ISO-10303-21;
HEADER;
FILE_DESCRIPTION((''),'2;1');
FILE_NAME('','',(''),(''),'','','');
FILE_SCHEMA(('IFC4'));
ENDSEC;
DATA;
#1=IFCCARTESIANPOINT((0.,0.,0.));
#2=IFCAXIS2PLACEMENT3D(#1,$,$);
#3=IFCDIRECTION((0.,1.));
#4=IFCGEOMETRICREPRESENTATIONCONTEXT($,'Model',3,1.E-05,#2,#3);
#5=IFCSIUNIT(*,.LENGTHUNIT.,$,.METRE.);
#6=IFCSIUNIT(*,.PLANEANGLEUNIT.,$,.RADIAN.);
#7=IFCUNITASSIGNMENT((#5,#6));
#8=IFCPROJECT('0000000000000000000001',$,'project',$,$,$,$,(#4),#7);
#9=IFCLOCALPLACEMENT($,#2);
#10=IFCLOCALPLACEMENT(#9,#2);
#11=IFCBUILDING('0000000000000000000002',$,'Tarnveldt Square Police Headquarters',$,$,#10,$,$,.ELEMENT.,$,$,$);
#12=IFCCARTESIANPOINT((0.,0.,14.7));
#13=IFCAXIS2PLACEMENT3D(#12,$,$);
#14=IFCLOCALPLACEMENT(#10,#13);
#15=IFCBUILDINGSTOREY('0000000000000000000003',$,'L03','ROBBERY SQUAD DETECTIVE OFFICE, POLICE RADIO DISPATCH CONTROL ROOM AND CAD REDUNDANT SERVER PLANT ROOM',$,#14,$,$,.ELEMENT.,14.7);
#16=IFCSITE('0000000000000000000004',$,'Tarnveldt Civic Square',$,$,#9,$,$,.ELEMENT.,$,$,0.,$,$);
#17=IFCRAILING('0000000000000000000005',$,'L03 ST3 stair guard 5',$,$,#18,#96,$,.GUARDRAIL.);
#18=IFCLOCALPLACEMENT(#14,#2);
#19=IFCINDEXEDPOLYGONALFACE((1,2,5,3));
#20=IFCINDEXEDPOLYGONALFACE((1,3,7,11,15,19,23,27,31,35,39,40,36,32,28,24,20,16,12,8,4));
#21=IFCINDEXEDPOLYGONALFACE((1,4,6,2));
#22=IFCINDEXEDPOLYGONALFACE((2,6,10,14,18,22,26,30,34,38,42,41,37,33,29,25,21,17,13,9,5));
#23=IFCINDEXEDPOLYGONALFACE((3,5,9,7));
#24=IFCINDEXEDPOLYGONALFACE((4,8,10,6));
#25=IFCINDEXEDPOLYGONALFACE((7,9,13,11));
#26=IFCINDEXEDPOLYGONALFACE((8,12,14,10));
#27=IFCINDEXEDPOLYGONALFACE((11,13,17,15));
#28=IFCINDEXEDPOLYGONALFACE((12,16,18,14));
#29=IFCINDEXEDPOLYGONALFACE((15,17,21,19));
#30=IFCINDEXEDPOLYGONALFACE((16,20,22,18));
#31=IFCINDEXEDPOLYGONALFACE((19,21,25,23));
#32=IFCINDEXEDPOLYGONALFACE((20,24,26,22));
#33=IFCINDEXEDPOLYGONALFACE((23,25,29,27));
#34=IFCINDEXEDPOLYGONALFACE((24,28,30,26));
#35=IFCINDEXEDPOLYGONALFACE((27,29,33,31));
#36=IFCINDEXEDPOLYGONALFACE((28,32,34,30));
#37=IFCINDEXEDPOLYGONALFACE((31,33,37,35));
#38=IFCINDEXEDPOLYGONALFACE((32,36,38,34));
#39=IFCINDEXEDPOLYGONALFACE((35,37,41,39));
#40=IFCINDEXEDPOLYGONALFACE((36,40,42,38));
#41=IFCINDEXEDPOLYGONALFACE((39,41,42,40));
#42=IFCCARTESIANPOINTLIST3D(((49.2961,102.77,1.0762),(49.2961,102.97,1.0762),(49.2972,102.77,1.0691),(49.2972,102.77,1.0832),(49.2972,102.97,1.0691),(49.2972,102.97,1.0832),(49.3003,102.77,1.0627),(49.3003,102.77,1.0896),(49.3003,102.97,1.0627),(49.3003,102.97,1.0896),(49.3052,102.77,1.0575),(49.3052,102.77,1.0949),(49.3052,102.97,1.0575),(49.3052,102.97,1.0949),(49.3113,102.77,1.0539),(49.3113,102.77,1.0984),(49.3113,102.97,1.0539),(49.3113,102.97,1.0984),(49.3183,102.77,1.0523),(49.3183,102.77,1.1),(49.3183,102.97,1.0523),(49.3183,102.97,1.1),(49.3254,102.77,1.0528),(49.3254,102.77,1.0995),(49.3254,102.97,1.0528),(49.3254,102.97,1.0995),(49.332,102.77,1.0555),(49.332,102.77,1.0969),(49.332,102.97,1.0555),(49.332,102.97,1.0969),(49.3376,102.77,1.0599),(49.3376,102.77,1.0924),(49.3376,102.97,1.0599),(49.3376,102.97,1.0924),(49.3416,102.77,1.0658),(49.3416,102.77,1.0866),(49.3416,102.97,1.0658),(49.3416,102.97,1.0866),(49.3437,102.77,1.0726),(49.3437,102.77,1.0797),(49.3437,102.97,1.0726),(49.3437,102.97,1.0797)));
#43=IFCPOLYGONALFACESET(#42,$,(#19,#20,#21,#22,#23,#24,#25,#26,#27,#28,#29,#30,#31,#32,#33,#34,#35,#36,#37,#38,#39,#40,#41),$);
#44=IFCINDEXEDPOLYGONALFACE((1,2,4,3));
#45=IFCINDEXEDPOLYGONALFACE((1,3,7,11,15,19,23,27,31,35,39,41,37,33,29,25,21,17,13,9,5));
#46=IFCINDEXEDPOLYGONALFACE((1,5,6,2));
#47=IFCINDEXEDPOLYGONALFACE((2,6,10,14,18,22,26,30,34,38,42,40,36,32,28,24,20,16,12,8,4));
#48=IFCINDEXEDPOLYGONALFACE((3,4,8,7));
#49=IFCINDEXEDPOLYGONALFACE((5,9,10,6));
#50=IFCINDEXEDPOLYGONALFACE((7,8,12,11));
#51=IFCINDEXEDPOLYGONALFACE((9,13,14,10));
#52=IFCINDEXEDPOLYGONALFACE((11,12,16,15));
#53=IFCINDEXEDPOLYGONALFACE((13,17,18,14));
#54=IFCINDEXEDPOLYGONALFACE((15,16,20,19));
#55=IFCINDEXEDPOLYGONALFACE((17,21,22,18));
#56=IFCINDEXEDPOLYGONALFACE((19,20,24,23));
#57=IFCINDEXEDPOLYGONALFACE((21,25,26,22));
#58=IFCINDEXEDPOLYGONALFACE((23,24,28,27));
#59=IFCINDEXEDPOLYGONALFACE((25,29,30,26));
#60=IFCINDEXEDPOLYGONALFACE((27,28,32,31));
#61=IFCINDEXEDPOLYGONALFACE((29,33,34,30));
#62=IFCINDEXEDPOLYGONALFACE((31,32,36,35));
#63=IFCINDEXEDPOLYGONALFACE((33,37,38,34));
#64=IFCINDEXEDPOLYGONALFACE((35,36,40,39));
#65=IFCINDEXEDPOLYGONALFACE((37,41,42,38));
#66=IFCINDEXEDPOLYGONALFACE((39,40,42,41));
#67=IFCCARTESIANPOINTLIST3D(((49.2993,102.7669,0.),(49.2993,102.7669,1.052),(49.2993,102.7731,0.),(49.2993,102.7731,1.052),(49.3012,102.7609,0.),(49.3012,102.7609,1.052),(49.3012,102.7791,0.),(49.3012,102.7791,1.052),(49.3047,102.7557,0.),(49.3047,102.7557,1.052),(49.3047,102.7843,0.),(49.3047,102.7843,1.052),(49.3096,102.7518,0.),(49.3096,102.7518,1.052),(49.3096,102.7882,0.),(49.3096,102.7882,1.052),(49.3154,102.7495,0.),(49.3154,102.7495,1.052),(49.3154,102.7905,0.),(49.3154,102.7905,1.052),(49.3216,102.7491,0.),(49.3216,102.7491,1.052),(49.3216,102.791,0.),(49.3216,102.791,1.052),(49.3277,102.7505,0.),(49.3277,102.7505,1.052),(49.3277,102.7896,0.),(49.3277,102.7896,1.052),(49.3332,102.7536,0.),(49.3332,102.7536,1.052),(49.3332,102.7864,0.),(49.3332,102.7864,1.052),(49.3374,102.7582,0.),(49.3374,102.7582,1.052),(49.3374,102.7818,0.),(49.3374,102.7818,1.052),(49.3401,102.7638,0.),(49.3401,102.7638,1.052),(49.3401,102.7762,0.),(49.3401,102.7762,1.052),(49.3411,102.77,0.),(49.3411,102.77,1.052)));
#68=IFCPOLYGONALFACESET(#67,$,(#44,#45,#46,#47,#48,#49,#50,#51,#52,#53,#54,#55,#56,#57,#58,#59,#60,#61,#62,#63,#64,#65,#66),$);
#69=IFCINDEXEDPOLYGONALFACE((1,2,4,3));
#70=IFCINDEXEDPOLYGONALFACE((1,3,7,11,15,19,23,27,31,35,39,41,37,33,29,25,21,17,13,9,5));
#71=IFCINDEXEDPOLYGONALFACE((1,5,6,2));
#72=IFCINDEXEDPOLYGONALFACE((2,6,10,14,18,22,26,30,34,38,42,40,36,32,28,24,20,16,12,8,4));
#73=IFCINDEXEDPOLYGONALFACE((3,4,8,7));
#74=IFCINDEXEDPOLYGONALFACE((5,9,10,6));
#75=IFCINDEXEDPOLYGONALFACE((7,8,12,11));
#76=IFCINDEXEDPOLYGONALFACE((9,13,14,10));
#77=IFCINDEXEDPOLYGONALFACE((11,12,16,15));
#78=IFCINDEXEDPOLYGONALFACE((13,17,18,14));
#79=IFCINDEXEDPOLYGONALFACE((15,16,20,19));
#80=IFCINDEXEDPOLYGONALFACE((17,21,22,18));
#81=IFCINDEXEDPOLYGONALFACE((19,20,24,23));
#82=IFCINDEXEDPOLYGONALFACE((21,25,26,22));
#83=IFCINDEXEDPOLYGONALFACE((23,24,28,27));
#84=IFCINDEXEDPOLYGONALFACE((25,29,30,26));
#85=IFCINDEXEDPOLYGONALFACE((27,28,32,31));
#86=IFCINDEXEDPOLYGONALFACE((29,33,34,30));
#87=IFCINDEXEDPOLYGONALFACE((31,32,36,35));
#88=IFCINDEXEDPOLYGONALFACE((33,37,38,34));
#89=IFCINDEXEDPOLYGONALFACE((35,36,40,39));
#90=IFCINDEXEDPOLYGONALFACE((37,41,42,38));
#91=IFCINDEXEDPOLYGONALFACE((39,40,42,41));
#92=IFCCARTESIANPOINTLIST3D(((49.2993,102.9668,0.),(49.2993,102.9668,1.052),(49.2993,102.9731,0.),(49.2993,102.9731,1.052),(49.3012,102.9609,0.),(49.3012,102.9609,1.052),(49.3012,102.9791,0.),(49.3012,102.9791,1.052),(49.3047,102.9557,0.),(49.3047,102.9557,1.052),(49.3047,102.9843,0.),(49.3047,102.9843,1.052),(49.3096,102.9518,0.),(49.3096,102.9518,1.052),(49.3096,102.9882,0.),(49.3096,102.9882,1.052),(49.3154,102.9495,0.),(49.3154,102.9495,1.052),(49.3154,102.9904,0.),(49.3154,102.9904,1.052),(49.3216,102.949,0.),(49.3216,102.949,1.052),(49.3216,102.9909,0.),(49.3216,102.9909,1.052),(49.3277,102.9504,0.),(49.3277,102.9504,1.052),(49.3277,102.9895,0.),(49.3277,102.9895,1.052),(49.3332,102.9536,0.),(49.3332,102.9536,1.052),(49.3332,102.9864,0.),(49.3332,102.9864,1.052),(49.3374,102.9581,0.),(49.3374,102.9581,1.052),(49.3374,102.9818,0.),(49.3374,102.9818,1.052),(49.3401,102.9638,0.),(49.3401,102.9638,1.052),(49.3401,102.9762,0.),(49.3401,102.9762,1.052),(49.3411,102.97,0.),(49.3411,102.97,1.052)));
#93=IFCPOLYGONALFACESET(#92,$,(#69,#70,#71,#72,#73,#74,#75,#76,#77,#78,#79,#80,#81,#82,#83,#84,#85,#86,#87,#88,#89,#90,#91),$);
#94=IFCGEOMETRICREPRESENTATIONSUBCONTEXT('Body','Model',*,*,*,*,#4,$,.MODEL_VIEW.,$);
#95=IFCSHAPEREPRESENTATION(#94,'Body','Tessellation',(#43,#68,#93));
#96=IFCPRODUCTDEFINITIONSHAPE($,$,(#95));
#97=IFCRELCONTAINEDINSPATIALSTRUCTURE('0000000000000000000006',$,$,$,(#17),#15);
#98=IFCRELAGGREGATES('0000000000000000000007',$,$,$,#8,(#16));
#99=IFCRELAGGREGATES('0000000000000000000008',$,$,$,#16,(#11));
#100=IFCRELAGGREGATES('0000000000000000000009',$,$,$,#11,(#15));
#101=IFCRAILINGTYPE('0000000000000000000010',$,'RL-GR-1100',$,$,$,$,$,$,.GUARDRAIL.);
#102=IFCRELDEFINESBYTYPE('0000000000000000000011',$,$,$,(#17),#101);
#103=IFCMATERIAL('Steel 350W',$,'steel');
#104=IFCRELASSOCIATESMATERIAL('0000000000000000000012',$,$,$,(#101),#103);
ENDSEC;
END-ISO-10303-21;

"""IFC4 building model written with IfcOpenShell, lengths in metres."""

from ifc_helpers import new_model, si_unit, direction, frame, origin, origin_2d, place, context, subcontext, project, spatial, circle, extrude, material, type_object, element, save


model = new_model("IFC4")

# Units and contexts
model_context = context("Model", 3, precision=1e-05, world=origin(), true_north=direction((0.0, 1.0)))
body_context = subcontext(model_context, "Body", "Model", "MODEL_VIEW")
ifc_project = project(units=[si_unit("LENGTHUNIT", "METRE"), si_unit("PLANEANGLEUNIT", "RADIAN")], contexts=[model_context])

# Site, building, storey
site_placement = place(None, origin())
site = spatial("IfcSite", under=ifc_project, at=site_placement, Name="Tarnveldt Civic Square", CompositionType="ELEMENT", RefElevation=0.0)
building_placement = place(site_placement, origin())
building = spatial("IfcBuilding", under=site, at=building_placement, Name="Tarnveldt Square Police Headquarters", CompositionType="ELEMENT")
storey_placement = place(building_placement, frame((0.0, 0.0, 14.7)))
storey = spatial("IfcBuildingStorey", under=building, at=storey_placement, Name="L03", Description="ROBBERY SQUAD DETECTIVE OFFICE, POLICE RADIO DISPATCH CONTROL ROOM AND CAD REDUNDANT SERVER PLANT ROOM", CompositionType="ELEMENT", Elevation=14.7)

# Shared definitions
ifc_material_1 = material(Name="Steel 350W", Category="steel")

# Railing
railing_type_1 = type_object("IfcRailingType", Name="RL-GR-1100", PredefinedType="GUARDRAIL", material=ifc_material_1)
railing_1_placement = place(storey_placement, frame((49.3201, 102.77, 0.0)))
element("IfcRailing", 1, at=railing_1_placement, inside=storey, type_object=railing_type_1, Name="L03 ST3 stair guard 5", PredefinedType="GUARDRAIL", context=body_context, shape_type="SweptSolid", body=[
    extrude(circle(Radius=0.0239, at=origin_2d()), frame((0.0, 0.0, 1.0762), z_axis=(0.0, 1.0, 0.0), x_axis=(-1.0, 0.0, 0.0)), (0.0, 0.0, 1.0), 0.2),
    extrude(circle(Radius=0.021, at=origin_2d()), origin(), (0.0, 0.0, 1.0), 1.052),
    extrude(circle(Radius=0.021, at=origin_2d()), frame((0.0, 0.2, 0.0)), (0.0, 0.0, 1.0), 1.052),
])

save(model, "model.ifc")
